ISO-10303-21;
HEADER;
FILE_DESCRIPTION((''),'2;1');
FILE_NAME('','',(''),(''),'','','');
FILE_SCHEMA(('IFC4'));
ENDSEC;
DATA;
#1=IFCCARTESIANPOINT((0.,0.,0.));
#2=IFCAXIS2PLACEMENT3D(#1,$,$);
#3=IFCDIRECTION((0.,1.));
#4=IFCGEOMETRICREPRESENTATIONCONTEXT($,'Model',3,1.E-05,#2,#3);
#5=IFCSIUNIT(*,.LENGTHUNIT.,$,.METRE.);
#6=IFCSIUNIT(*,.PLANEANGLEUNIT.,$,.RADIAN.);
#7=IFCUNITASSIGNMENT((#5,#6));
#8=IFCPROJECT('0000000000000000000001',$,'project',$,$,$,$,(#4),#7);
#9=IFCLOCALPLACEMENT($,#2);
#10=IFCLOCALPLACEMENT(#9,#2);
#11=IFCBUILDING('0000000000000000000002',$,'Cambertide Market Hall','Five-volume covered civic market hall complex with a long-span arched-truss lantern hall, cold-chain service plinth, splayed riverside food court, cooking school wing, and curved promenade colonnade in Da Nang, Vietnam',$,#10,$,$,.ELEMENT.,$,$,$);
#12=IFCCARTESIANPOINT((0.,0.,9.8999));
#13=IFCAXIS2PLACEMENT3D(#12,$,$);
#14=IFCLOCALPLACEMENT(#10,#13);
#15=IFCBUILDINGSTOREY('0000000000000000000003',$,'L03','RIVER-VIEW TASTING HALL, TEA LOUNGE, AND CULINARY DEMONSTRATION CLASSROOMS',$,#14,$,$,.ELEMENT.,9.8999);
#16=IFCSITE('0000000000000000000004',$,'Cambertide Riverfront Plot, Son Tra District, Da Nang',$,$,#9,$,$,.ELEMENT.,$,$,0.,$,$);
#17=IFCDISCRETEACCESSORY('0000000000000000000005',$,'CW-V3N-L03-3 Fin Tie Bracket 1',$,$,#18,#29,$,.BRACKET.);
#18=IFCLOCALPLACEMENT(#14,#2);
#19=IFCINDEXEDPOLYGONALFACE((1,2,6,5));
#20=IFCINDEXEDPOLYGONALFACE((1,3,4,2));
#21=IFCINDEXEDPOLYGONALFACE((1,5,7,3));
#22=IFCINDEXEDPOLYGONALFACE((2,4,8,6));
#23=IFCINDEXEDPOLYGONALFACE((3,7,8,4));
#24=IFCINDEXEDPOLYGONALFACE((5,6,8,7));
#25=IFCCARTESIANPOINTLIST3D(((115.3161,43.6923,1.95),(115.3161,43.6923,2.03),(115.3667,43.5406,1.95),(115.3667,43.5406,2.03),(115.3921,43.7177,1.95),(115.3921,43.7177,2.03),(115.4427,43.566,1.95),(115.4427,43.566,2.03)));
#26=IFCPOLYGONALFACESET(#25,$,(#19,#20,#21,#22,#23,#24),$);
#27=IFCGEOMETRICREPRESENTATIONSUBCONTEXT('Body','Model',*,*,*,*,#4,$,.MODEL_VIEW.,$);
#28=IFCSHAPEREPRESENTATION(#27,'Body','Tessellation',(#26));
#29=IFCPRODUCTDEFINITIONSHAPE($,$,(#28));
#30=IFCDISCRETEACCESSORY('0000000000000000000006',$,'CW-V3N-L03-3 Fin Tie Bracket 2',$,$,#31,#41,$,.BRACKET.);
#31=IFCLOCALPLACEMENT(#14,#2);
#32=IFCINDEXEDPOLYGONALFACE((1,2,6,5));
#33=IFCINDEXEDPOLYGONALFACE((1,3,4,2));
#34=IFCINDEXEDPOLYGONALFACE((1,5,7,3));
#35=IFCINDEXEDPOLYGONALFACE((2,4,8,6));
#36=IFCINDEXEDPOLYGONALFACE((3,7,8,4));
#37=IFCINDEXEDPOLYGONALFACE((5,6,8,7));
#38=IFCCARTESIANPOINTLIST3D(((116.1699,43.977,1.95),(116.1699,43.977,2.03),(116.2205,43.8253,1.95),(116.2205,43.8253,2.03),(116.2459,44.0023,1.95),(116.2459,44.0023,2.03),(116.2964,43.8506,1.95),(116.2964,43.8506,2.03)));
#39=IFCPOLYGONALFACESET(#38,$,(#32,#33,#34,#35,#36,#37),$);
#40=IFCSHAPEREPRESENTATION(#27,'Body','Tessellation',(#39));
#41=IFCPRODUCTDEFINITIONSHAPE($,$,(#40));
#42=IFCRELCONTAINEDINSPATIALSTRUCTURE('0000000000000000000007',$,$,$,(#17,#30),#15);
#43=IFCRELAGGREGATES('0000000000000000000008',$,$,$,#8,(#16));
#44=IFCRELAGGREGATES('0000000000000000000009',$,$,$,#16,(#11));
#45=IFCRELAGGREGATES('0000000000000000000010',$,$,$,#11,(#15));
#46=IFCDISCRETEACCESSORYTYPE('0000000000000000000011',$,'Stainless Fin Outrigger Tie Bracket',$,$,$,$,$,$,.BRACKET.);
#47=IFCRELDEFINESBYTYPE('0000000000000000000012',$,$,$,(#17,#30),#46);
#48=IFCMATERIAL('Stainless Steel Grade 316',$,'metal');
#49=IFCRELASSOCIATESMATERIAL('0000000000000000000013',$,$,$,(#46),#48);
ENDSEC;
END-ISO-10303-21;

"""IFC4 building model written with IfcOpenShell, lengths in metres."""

from ifc_helpers import new_model, si_unit, direction, frame, origin, origin_2d, place, context, subcontext, project, spatial, rectangle, extrude, material, type_object, element, save


model = new_model("IFC4")

# Units and contexts
model_context = context("Model", 3, precision=1e-05, world=origin(), true_north=direction((0.0, 1.0)))
body_context = subcontext(model_context, "Body", "Model", "MODEL_VIEW")
ifc_project = project(units=[si_unit("LENGTHUNIT", "METRE"), si_unit("PLANEANGLEUNIT", "RADIAN")], contexts=[model_context])

# Site, building, storey
site_placement = place(None, origin())
site = spatial("IfcSite", under=ifc_project, at=site_placement, Name="Cambertide Riverfront Plot, Son Tra District, Da Nang", CompositionType="ELEMENT", RefElevation=0.0)
building_placement = place(site_placement, origin())
building = spatial("IfcBuilding", under=site, at=building_placement, Name="Cambertide Market Hall", Description="Five-volume covered civic market hall complex with a long-span arched-truss lantern hall, cold-chain service plinth, splayed riverside food court, cooking school wing, and curved promenade colonnade in Da Nang, Vietnam", CompositionType="ELEMENT")
storey_placement = place(building_placement, frame((0.0, 0.0, 9.8999)))
storey = spatial("IfcBuildingStorey", under=building, at=storey_placement, Name="L03", Description="RIVER-VIEW TASTING HALL, TEA LOUNGE, AND CULINARY DEMONSTRATION CLASSROOMS", CompositionType="ELEMENT", Elevation=9.8999)

# Discrete accessories
ifc_material_1 = material(Name="Stainless Steel Grade 316", Category="metal")
discrete_accessory_type = type_object("IfcDiscreteAccessoryType", Name="Stainless Fin Outrigger Tie Bracket", PredefinedType="BRACKET", material=ifc_material_1)
for number, where, z_axis, x_axis, name in (
    (1, (115.3794, 43.6292, 1.95), (0.0, 0.0, 1.0), (0.948683, 0.316228, 0.0), "CW-V3N-L03-3 Fin Tie Bracket 1"),
    (2, (116.2332, 43.9138, 1.95), (0.0, 0.0, 1.0), (0.948683, 0.316228, 0.0), "CW-V3N-L03-3 Fin Tie Bracket 2"),
):
    element("IfcDiscreteAccessory", number, at=place(storey_placement, frame(where, z_axis=z_axis, x_axis=x_axis)), inside=storey, type_object=discrete_accessory_type, Name=name, PredefinedType="BRACKET", context=body_context, shape_type="SweptSolid", body=[
        extrude(rectangle(XDim=0.0801, YDim=0.1599, at=origin_2d()), origin(), (0.0, 0.0, 1.0), 0.0801),
    ])

save(model, "model.ifc")
